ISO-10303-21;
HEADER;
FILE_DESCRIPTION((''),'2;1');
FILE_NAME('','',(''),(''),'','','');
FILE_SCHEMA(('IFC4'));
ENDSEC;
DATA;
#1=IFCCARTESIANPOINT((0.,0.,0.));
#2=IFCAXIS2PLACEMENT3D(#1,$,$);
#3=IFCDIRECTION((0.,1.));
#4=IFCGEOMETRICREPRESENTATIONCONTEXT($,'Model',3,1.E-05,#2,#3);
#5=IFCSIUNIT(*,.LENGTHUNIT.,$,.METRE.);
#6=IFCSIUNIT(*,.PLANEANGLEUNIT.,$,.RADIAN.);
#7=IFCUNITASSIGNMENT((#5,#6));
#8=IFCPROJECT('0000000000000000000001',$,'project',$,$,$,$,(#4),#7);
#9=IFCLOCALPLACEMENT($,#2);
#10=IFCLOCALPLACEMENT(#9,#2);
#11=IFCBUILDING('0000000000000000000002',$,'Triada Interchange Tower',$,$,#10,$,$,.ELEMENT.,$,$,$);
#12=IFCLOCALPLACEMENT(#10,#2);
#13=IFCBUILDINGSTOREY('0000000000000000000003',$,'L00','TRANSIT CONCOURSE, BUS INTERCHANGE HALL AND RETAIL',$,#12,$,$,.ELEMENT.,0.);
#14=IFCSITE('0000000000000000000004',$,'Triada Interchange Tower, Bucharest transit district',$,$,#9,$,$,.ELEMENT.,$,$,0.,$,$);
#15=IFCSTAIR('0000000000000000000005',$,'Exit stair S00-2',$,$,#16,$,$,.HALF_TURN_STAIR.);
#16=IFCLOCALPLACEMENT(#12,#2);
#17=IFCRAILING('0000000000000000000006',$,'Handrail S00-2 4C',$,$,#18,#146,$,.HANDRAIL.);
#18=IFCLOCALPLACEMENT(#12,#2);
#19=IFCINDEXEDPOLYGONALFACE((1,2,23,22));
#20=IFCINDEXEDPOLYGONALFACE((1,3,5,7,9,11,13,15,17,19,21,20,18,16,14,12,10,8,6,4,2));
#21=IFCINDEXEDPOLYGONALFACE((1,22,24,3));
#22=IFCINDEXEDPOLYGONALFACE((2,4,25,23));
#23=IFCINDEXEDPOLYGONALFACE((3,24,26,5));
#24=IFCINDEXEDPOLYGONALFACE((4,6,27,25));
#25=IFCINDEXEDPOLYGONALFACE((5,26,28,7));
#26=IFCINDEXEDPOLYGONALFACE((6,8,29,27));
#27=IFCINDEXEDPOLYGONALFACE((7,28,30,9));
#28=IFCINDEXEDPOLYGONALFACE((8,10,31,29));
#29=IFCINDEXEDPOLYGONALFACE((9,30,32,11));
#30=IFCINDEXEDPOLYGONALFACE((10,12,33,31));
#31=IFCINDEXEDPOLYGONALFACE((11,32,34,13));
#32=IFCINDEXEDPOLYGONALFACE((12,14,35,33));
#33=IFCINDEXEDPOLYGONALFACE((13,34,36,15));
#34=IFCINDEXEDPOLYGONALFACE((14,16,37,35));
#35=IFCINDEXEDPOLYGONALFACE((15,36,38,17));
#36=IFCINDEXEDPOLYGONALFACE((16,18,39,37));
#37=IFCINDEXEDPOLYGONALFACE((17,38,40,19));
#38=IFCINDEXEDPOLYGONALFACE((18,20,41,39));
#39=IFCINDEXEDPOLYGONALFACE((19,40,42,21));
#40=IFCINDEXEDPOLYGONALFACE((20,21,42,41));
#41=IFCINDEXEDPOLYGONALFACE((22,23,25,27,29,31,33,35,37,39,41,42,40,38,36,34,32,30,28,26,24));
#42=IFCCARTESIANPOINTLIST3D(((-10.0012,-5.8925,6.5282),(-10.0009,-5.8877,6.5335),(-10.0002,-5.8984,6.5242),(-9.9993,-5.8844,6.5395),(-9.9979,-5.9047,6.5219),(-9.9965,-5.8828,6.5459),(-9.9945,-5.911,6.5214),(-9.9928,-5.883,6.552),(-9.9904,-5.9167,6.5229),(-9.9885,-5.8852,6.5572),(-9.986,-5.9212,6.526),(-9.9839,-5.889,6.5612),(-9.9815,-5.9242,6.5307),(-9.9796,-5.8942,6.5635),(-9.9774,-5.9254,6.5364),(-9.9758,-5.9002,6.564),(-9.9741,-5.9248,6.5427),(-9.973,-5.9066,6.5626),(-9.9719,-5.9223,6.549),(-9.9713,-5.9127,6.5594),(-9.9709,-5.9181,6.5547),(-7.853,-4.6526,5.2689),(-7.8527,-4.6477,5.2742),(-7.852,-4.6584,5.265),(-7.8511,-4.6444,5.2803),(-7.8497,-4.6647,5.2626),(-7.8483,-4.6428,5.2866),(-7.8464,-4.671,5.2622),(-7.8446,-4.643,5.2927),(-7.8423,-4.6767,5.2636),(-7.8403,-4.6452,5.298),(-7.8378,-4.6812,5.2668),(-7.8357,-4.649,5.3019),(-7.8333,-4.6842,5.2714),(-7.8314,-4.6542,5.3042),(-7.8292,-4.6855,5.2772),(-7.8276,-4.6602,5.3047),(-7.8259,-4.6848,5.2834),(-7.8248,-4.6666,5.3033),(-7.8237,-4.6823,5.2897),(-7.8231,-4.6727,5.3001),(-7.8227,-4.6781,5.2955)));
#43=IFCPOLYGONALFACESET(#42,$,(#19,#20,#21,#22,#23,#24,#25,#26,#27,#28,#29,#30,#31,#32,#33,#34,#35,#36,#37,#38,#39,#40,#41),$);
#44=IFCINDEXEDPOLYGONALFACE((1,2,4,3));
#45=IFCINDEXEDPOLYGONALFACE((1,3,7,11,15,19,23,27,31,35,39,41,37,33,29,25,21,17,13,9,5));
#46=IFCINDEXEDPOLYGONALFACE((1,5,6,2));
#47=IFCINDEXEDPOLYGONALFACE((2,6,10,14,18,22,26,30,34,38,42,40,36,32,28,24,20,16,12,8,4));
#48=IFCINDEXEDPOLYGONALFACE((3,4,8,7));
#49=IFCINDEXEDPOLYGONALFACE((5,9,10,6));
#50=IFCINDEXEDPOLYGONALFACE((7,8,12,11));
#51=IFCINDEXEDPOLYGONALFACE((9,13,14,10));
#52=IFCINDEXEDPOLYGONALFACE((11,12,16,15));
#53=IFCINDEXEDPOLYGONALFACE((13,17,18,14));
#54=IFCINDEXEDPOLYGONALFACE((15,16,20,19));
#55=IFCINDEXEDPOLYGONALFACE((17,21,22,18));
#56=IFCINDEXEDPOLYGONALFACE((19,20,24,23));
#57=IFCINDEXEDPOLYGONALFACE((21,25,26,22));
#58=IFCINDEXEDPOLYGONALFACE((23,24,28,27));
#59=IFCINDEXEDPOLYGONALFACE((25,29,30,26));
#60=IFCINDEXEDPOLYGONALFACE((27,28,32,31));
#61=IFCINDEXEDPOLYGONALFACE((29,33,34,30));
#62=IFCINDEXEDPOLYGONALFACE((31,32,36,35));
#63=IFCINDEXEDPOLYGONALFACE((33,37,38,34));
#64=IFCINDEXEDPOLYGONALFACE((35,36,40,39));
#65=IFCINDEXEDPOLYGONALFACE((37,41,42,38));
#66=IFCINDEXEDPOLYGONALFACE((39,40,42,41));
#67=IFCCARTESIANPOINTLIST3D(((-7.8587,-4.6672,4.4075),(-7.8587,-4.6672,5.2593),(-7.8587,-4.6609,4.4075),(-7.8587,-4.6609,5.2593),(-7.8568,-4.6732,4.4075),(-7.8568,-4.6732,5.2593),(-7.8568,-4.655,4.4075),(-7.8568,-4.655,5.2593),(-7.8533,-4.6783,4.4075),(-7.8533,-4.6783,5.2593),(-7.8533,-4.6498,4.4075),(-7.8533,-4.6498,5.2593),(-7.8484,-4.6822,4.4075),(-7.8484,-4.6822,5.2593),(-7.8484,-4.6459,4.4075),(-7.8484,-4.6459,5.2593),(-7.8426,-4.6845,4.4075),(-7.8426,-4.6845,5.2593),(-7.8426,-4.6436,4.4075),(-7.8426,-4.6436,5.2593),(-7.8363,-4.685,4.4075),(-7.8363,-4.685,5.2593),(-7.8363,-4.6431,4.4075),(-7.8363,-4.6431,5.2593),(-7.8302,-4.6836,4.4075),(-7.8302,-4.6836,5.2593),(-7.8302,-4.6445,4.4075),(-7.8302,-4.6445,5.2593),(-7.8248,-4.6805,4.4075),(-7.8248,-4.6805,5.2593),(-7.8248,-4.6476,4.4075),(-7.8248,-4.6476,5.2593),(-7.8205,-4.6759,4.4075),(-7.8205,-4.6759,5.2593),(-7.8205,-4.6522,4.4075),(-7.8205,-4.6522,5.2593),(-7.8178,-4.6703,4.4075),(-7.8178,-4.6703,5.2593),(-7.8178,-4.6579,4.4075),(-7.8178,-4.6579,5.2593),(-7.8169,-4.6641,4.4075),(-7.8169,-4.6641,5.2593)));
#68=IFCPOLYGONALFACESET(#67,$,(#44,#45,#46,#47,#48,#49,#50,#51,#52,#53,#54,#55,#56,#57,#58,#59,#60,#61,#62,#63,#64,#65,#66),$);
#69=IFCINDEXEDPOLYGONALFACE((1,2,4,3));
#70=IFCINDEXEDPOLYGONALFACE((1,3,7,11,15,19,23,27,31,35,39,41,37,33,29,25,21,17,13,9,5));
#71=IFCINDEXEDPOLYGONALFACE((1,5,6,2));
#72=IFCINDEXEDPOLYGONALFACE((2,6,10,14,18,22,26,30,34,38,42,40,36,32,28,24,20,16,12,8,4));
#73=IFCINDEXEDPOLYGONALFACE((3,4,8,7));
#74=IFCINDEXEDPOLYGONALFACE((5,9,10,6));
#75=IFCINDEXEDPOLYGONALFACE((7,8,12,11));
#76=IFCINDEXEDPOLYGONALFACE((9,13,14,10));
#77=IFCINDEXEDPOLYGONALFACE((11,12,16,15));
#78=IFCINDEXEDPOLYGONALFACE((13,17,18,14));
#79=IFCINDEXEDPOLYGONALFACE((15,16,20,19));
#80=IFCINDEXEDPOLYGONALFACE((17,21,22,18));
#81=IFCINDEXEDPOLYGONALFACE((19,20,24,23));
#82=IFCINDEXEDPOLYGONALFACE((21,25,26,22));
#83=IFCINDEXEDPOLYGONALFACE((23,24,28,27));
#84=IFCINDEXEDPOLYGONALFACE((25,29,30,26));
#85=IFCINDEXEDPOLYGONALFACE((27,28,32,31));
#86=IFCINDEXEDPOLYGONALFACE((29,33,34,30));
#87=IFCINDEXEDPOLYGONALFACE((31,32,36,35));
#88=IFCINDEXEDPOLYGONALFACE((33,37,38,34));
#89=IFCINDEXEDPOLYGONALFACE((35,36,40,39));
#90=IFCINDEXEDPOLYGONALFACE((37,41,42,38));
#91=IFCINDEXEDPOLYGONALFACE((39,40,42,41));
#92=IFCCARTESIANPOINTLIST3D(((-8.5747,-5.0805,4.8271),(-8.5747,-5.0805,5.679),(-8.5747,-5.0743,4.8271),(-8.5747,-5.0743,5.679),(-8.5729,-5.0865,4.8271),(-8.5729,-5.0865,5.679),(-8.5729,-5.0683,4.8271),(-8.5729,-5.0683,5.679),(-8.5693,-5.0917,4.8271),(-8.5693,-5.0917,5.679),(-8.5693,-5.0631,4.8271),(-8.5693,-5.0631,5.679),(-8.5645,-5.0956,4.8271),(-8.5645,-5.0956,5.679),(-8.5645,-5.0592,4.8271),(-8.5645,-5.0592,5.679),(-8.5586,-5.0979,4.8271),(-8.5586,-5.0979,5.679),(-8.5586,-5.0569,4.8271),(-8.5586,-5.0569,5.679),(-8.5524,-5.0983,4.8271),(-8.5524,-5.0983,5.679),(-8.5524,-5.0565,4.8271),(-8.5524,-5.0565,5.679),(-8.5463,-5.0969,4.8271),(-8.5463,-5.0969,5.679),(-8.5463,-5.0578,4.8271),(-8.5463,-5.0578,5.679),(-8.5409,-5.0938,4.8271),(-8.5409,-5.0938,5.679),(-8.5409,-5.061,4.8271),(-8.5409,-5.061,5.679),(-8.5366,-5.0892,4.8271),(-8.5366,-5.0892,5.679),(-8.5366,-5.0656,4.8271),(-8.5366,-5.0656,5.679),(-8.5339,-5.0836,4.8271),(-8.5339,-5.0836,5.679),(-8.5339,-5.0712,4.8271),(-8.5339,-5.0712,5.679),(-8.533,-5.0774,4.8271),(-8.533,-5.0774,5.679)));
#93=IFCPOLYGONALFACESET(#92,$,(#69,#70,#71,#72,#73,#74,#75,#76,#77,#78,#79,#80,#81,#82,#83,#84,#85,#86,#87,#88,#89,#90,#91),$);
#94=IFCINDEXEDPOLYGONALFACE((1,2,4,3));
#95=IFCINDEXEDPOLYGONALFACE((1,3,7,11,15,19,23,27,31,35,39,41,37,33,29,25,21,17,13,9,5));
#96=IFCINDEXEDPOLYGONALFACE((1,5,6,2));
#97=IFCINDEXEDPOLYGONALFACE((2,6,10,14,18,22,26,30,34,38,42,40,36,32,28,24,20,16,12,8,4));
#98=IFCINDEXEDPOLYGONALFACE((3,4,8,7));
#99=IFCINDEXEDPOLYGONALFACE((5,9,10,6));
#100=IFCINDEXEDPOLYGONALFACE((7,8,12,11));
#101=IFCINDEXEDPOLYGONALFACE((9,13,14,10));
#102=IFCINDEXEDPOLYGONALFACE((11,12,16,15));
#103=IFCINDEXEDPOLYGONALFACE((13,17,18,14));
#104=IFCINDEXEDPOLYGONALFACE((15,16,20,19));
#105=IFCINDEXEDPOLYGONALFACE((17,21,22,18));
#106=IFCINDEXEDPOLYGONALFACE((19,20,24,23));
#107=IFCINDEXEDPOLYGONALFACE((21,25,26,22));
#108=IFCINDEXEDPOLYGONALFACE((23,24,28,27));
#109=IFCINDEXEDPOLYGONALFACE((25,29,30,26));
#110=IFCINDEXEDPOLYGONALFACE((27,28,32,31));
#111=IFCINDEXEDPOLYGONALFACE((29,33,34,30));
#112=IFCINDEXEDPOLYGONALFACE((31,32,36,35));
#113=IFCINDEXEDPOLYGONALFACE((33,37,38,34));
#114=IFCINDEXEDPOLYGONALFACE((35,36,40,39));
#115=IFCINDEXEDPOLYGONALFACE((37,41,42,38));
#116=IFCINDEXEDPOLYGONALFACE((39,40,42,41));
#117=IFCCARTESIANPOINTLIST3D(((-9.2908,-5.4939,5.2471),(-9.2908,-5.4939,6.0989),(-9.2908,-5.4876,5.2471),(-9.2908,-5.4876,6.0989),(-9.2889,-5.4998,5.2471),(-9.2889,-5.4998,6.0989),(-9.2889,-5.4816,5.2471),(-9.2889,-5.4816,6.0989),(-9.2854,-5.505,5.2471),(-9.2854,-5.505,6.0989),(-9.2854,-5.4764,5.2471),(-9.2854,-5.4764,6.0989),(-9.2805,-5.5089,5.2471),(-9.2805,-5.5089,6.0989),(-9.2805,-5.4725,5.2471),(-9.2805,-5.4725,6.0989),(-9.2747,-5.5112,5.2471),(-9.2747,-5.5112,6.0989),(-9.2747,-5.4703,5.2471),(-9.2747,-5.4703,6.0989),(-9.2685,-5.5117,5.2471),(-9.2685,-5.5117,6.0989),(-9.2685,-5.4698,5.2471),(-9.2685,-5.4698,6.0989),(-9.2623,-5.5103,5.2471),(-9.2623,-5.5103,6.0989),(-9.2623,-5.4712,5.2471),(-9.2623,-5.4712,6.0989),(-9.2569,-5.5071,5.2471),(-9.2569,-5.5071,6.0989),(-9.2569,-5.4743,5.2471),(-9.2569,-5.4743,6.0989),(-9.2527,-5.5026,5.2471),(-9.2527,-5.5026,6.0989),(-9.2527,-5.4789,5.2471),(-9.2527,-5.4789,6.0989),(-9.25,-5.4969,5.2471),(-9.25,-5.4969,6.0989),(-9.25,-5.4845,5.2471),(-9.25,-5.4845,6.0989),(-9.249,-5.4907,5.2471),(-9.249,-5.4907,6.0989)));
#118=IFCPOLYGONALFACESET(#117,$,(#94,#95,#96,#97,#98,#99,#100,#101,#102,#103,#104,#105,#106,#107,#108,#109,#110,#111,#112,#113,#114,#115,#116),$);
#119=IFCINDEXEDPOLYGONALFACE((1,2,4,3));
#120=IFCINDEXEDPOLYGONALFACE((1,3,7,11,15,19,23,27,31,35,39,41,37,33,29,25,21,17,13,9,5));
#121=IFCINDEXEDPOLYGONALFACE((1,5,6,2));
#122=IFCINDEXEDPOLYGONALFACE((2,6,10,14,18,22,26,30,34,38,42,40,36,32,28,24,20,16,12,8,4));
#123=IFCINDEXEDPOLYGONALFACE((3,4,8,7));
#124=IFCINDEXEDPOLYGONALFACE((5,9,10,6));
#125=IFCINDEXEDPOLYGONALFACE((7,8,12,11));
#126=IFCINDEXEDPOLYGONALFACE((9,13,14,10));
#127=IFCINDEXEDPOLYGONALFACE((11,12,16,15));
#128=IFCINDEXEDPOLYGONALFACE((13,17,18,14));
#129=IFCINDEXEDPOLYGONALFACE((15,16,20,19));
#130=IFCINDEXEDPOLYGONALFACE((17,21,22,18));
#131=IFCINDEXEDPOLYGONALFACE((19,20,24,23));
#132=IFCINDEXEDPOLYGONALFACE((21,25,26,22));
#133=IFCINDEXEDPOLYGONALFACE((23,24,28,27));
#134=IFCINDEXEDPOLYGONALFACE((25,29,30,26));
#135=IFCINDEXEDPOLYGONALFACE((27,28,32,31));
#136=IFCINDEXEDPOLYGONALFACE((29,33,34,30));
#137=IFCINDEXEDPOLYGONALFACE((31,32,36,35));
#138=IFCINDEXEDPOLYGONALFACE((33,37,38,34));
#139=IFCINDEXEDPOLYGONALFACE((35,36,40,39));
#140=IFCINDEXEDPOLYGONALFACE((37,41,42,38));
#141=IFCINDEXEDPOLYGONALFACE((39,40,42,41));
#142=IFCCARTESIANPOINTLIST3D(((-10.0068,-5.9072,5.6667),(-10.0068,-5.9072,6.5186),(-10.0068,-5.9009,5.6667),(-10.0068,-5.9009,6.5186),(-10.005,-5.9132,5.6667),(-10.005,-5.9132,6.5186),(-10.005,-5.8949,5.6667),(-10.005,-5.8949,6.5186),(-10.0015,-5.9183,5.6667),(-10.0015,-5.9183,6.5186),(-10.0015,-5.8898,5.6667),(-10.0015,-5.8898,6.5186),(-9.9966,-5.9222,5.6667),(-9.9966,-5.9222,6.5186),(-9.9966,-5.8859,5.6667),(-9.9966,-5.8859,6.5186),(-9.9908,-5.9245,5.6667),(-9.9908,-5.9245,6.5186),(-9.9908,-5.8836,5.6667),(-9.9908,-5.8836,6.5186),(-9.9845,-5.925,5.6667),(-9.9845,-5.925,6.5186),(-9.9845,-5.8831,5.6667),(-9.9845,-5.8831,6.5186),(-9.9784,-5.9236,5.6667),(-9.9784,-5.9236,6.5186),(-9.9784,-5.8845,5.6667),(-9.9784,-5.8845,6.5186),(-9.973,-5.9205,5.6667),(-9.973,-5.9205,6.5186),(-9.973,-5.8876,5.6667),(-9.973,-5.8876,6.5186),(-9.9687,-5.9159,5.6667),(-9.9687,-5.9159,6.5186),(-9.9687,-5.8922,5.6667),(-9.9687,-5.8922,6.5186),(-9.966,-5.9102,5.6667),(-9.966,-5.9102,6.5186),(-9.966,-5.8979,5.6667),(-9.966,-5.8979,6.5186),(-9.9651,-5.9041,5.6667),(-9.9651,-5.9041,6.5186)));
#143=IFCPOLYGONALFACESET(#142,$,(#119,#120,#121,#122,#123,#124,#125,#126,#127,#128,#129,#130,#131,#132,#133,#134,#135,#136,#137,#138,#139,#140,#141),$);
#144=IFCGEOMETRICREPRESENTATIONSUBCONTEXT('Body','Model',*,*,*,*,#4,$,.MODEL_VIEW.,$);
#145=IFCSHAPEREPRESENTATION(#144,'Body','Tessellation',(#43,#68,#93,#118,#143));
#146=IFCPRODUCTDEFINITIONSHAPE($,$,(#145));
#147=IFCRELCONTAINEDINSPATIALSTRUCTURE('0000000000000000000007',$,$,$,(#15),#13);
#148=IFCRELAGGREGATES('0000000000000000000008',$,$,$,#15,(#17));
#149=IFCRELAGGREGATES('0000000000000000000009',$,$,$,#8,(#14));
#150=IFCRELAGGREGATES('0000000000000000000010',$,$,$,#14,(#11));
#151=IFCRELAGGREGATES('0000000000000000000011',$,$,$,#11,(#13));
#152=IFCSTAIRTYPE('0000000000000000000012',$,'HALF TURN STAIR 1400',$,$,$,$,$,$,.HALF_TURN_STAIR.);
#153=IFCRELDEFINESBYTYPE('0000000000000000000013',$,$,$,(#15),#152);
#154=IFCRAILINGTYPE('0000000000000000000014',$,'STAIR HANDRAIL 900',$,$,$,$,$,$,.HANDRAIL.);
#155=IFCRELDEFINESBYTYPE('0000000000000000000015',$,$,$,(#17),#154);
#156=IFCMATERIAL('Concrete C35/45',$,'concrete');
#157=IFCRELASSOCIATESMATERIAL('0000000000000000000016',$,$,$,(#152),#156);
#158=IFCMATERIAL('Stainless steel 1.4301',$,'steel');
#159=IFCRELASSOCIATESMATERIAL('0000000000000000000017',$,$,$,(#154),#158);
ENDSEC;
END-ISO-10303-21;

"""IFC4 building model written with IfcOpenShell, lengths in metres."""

from ifc_helpers import new_model, si_unit, direction, frame, origin, origin_2d, place, context, subcontext, project, spatial, circle, extrude, material, type_object, element, aggregate, save


model = new_model("IFC4")

# Units and contexts
model_context = context("Model", 3, precision=1e-05, world=origin(), true_north=direction((0.0, 1.0)))
body_context = subcontext(model_context, "Body", "Model", "MODEL_VIEW")
ifc_project = project(units=[si_unit("LENGTHUNIT", "METRE"), si_unit("PLANEANGLEUNIT", "RADIAN")], contexts=[model_context])

# Site, building, storey
site_placement = place(None, origin())
site = spatial("IfcSite", under=ifc_project, at=site_placement, Name="Triada Interchange Tower, Bucharest transit district", CompositionType="ELEMENT", RefElevation=0.0)
building_placement = place(site_placement, origin())
building = spatial("IfcBuilding", under=site, at=building_placement, Name="Triada Interchange Tower", CompositionType="ELEMENT")
storey_placement = place(building_placement, origin())
storey = spatial("IfcBuildingStorey", under=building, at=storey_placement, Name="L00", Description="TRANSIT CONCOURSE, BUS INTERCHANGE HALL AND RETAIL", CompositionType="ELEMENT", Elevation=0.0)

# Shared definitions
ifc_material_1 = material(Name="Concrete C35/45", Category="concrete")

# Stair, railing
stair_type = type_object("IfcStairType", Name="HALF TURN STAIR 1400", PredefinedType="HALF_TURN_STAIR", material=ifc_material_1)
stair_placement = place(storey_placement, origin())
stair = element("IfcStair", 1, at=stair_placement, inside=storey, type_object=stair_type, Name="Exit stair S00-2", PredefinedType="HALF_TURN_STAIR")
ifc_material_2 = material(Name="Stainless steel 1.4301", Category="steel")
railing_type_1 = type_object("IfcRailingType", Name="STAIR HANDRAIL 900", PredefinedType="HANDRAIL", material=ifc_material_2)
railing_1_placement = place(storey_placement, frame((-7.8379, -4.6641, 4.4075)))
railing_1 = element("IfcRailing", 2, at=railing_1_placement, type_object=railing_type_1, Name="Handrail S00-2 4C", PredefinedType="HANDRAIL", context=body_context, shape_type="SweptSolid", body=[
    extrude(circle(Radius=0.0239, at=origin_2d()), frame((0.0, 0.0, 0.876), z_axis=(-0.772247, -0.44576, 0.452694), x_axis=(0.499918, -0.866072, 0.0)), (0.0, 0.0, 1.0), 2.7817),
    extrude(circle(Radius=0.021, at=origin_2d()), origin(), (0.0, 0.0, 1.0), 0.8518),
    extrude(circle(Radius=0.021, at=origin_2d()), frame((-0.7161, -0.4133, 0.4197)), (0.0, 0.0, 1.0), 0.8518),
    extrude(circle(Radius=0.021, at=origin_2d()), frame((-1.4321, -0.8267, 0.8396)), (0.0, 0.0, 1.0), 0.8518),
    extrude(circle(Radius=0.021, at=origin_2d()), frame((-2.1482, -1.24, 1.2593)), (0.0, 0.0, 1.0), 0.8518),
])
aggregate(stair, [railing_1])

save(model, "model.ifc")
